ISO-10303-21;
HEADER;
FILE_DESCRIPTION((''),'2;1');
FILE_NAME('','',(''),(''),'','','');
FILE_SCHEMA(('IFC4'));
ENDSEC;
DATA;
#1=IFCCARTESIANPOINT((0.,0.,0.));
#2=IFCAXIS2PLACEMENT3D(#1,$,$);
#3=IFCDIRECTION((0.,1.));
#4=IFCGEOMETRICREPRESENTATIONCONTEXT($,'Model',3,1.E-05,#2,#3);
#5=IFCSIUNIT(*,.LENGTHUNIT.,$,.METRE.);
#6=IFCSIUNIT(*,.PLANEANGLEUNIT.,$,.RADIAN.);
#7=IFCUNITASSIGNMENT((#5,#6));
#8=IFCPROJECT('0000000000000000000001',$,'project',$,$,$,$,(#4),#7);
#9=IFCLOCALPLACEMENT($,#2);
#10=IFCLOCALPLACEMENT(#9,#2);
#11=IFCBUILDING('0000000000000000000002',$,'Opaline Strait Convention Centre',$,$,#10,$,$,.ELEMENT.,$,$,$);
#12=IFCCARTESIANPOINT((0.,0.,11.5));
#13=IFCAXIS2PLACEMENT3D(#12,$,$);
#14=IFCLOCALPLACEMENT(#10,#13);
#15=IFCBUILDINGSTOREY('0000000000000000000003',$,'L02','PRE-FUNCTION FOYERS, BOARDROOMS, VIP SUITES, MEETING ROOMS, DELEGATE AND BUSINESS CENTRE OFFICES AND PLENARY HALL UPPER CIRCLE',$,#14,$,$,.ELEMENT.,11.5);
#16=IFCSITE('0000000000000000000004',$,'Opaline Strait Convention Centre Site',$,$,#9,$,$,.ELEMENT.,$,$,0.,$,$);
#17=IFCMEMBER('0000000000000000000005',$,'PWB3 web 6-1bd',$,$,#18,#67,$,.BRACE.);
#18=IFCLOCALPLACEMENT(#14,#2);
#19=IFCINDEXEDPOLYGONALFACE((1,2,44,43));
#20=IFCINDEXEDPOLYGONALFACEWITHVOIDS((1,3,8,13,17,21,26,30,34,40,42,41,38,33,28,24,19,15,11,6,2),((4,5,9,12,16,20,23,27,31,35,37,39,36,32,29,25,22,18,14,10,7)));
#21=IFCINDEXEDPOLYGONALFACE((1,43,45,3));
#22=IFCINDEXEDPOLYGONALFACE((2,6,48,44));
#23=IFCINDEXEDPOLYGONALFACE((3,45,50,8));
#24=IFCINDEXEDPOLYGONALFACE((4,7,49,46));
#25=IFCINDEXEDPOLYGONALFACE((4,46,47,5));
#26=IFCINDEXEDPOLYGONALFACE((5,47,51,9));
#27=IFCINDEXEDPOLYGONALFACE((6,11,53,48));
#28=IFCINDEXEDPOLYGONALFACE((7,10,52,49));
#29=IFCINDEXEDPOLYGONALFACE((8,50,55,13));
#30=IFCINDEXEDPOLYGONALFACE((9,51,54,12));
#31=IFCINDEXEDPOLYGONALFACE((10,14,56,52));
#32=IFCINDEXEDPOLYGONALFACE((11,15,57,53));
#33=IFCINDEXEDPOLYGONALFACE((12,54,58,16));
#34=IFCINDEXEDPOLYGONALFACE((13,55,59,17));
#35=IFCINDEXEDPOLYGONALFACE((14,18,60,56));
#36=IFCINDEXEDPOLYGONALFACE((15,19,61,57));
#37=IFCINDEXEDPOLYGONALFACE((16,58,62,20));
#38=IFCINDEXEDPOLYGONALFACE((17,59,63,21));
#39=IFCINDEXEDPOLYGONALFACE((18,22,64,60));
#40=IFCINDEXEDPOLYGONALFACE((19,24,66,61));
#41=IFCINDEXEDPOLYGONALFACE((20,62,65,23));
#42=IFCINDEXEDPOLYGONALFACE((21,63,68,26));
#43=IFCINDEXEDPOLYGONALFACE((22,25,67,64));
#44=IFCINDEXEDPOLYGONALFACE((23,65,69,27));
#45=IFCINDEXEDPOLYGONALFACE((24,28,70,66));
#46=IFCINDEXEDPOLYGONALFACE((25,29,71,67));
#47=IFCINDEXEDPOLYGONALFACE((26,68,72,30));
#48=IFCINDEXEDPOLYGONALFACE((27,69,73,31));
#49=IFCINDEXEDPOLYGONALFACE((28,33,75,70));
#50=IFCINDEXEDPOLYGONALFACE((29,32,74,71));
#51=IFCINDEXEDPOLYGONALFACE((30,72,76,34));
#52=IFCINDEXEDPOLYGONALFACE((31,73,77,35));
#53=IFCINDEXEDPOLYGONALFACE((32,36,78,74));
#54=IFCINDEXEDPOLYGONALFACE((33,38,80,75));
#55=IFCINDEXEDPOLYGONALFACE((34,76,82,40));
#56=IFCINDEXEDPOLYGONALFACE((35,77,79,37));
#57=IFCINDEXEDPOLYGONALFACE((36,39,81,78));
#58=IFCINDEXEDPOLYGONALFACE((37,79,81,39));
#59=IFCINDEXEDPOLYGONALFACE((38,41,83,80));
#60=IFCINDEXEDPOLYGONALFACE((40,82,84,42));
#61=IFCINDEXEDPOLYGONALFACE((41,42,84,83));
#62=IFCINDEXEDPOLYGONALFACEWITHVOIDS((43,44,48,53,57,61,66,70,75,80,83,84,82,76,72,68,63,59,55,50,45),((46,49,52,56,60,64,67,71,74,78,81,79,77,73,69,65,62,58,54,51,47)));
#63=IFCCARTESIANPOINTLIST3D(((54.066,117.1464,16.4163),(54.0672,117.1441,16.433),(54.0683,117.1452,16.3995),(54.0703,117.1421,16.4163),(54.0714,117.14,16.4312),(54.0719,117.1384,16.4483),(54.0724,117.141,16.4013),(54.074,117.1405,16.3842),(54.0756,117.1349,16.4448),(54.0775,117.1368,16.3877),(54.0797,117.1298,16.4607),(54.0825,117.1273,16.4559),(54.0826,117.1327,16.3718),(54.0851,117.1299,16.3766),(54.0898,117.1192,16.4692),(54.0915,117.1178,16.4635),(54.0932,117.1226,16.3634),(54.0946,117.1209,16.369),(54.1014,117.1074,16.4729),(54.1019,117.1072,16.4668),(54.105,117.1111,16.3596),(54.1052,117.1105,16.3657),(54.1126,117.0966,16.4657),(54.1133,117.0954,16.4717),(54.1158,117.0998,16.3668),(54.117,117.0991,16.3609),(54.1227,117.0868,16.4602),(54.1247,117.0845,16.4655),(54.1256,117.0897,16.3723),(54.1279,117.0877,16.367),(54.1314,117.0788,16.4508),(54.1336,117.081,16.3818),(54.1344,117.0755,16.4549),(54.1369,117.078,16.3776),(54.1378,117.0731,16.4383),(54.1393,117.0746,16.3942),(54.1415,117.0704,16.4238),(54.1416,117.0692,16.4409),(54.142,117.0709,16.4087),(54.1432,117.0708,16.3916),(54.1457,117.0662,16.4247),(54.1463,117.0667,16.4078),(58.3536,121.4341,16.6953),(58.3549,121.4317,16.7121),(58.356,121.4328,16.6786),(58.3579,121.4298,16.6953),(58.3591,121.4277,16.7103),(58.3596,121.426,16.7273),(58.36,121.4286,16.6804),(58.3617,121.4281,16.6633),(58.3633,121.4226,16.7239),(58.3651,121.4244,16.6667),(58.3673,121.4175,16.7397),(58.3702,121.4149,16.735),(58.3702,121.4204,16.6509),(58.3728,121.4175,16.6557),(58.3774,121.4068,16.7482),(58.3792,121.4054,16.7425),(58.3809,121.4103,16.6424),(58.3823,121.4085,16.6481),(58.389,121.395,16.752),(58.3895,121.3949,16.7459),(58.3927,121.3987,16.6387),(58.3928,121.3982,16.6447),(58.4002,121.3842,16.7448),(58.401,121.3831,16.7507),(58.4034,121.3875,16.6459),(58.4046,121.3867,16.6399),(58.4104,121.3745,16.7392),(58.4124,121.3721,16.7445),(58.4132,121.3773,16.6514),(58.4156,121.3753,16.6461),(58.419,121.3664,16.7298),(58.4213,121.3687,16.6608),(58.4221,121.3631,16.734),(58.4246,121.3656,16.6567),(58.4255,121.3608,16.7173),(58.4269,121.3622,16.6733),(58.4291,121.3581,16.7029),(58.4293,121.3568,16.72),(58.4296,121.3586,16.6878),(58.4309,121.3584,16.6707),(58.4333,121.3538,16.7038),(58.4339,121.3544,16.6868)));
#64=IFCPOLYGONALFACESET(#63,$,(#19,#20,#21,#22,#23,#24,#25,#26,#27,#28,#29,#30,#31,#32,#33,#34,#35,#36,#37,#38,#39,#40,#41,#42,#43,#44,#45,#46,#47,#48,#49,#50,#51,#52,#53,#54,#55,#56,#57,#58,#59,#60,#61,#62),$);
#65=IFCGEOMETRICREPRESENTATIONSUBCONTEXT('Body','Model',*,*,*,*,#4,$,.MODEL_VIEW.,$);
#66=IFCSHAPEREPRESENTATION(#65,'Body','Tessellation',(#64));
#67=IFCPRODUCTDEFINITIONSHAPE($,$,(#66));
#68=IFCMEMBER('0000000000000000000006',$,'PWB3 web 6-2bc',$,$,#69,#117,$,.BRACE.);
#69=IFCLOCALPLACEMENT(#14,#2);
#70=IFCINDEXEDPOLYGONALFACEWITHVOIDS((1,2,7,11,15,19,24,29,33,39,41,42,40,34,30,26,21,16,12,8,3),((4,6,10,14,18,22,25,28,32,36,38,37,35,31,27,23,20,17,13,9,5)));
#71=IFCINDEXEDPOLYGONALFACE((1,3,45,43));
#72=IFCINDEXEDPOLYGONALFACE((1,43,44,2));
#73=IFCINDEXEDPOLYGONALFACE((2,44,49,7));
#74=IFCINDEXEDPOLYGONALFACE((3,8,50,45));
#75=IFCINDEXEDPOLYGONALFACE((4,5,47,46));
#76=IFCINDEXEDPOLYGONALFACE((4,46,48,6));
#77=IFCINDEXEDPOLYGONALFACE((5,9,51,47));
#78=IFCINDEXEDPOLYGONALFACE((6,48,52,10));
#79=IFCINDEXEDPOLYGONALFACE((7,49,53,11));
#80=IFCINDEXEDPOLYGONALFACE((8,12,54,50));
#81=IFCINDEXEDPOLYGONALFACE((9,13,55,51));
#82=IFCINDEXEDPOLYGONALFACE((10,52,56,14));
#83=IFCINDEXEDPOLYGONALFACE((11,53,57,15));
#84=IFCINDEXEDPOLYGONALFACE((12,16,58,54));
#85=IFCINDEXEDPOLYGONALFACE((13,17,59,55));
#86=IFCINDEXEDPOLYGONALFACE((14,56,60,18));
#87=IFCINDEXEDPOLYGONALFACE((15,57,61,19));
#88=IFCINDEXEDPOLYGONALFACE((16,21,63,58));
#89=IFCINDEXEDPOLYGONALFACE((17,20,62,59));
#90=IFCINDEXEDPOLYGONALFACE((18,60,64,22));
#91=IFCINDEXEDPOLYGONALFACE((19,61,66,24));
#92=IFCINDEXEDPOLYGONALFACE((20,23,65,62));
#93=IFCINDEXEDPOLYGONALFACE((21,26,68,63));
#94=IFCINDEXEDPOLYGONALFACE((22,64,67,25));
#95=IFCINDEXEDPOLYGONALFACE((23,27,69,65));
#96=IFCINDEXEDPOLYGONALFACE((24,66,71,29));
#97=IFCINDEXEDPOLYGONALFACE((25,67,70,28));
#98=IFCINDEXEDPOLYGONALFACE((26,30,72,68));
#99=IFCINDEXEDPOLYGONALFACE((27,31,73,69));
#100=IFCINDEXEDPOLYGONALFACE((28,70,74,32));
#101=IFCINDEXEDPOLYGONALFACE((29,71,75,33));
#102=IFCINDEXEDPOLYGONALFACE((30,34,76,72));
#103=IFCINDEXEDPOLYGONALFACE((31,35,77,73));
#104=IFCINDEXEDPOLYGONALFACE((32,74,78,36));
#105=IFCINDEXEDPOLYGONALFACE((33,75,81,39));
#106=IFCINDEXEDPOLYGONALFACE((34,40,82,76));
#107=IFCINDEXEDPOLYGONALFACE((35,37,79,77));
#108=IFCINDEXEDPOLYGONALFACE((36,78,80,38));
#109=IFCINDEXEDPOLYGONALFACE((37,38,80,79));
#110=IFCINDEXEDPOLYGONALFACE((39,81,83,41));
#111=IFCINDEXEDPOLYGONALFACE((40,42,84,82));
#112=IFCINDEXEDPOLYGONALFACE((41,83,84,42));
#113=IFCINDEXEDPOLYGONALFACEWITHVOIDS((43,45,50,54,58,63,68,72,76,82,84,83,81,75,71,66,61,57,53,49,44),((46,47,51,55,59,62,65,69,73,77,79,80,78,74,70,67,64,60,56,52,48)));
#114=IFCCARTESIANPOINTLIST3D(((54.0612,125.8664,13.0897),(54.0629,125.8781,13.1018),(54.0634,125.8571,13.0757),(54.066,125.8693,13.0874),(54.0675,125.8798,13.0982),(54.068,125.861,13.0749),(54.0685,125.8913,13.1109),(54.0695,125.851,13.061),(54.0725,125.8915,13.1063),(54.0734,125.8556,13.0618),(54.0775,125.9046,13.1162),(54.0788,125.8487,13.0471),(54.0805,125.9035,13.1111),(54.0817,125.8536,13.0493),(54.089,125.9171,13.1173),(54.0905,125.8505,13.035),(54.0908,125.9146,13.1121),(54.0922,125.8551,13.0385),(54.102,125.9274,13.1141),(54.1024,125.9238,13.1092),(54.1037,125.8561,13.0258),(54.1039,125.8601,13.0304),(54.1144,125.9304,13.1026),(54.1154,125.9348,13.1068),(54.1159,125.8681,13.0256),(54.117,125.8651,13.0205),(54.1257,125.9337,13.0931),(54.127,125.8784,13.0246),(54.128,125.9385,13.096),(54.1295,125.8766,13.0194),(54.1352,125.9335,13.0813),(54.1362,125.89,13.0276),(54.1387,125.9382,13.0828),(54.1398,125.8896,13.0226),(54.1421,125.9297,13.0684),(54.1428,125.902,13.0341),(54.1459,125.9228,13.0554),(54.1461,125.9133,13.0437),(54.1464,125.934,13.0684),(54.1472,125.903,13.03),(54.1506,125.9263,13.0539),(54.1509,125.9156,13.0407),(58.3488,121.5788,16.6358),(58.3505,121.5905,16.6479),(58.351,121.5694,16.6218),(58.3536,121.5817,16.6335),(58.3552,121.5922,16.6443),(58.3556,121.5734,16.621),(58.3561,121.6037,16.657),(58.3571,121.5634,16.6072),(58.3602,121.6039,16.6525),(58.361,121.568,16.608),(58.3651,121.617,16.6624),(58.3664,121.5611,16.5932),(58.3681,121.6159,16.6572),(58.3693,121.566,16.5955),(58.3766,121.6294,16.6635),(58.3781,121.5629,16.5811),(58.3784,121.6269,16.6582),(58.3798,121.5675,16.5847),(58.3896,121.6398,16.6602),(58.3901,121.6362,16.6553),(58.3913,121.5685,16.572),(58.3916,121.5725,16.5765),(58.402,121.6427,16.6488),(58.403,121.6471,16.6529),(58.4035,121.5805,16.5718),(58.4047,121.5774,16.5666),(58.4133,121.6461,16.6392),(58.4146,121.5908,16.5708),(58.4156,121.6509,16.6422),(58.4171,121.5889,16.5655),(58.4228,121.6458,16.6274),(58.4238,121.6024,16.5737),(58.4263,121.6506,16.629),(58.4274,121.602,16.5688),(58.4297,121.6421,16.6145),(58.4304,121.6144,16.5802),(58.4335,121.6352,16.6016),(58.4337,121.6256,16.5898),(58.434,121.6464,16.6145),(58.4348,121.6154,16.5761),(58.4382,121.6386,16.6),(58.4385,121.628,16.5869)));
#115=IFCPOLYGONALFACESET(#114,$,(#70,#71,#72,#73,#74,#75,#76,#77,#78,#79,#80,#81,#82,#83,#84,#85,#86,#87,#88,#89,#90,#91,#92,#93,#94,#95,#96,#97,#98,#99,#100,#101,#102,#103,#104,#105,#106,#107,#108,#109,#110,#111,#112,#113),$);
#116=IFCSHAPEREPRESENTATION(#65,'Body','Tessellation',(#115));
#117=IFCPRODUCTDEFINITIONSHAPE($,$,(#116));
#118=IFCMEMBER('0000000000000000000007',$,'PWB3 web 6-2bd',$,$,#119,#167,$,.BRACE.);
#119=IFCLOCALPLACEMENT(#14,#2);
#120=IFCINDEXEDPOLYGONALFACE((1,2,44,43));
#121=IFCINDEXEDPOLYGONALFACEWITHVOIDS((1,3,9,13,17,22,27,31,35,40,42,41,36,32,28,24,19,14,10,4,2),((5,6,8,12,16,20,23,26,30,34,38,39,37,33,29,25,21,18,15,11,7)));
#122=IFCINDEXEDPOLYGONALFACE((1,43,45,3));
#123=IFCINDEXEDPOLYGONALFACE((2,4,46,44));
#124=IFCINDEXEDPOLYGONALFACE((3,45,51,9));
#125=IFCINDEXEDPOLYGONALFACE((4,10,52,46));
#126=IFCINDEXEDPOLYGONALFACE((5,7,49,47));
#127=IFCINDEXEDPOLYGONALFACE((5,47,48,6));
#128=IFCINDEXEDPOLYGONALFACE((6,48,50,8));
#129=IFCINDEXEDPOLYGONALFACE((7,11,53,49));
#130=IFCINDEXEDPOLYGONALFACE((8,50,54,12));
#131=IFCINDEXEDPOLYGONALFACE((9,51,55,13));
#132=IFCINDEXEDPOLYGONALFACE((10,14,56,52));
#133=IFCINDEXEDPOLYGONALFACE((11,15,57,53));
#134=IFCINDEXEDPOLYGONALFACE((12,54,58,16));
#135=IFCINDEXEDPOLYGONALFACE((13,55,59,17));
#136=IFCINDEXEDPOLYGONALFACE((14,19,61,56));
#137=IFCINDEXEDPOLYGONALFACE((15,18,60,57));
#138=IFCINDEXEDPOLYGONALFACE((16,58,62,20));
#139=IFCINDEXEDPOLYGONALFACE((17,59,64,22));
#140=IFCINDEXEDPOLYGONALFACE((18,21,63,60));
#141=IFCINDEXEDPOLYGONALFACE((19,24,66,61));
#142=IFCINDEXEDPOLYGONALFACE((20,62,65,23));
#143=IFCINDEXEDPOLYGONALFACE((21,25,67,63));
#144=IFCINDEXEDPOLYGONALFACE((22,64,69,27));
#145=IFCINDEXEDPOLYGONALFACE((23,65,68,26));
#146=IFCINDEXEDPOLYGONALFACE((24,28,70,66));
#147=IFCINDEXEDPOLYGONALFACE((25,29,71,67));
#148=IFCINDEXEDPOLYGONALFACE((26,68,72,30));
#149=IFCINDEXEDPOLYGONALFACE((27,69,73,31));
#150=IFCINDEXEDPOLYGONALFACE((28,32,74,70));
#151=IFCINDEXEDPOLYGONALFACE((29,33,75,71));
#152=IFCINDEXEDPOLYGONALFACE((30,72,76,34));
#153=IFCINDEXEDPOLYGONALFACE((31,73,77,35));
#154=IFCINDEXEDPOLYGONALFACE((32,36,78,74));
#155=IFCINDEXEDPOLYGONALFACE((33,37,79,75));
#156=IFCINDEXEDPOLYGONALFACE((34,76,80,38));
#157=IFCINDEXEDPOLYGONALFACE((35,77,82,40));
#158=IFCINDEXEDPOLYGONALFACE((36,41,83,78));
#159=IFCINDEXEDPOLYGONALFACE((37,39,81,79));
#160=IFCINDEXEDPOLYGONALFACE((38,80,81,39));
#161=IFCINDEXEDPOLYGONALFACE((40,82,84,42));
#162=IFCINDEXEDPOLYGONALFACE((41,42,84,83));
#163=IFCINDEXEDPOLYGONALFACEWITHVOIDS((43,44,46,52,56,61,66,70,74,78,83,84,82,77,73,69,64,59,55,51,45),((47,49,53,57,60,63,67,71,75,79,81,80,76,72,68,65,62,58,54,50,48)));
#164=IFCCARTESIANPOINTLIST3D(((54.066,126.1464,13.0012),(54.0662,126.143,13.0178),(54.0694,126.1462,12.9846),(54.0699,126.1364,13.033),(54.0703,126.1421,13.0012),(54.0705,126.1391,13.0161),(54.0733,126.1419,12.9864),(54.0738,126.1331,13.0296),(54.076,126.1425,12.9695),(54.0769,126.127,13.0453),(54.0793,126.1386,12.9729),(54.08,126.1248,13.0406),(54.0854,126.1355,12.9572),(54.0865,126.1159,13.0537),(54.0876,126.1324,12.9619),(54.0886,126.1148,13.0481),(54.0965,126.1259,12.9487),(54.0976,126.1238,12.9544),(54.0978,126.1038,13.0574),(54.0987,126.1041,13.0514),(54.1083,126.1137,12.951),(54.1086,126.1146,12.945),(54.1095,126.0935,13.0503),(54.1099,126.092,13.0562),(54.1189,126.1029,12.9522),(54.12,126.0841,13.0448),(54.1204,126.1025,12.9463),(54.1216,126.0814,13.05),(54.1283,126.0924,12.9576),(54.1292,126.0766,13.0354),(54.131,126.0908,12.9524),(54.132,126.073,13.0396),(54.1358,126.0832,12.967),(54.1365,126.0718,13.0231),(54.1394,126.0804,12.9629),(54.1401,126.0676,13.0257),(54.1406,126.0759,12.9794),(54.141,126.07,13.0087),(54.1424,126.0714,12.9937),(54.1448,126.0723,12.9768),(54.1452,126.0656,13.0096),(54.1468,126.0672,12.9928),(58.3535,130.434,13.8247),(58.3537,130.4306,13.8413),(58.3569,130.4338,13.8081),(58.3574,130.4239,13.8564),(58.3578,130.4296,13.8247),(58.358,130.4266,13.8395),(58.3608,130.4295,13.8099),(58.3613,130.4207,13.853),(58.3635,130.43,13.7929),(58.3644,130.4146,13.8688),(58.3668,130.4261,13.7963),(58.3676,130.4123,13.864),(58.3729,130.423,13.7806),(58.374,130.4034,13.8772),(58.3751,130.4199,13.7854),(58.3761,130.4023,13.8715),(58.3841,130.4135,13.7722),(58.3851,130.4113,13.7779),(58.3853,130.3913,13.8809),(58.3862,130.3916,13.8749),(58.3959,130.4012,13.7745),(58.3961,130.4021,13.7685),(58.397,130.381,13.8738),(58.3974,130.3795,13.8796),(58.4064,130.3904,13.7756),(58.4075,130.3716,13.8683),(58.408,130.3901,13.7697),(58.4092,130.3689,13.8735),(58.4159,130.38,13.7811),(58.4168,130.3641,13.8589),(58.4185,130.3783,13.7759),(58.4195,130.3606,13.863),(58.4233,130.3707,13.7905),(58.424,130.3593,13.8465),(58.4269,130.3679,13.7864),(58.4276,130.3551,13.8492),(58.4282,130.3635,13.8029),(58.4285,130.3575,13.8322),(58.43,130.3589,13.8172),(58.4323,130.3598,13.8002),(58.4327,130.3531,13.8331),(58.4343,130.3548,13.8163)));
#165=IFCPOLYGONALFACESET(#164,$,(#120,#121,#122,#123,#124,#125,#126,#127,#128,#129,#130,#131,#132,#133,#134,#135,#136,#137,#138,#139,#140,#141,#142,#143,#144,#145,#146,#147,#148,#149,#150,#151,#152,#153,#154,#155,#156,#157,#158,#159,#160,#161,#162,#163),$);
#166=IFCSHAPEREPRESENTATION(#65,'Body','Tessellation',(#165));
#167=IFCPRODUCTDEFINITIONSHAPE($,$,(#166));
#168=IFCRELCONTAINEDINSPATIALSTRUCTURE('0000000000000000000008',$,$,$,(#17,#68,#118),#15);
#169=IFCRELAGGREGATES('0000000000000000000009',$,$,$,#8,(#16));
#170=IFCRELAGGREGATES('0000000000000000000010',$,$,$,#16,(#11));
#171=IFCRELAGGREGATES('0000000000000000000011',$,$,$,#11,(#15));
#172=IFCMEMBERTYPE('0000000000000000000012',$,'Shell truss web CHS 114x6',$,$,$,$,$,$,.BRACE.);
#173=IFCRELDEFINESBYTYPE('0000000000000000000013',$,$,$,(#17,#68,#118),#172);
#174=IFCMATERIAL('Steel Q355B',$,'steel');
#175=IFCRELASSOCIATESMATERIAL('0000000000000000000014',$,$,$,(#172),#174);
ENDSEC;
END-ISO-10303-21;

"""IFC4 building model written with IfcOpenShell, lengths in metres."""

from ifc_helpers import new_model, si_unit, direction, frame, origin, origin_2d, place, context, subcontext, project, spatial, hollow_circle, extrude, material, material_profile, profile_set, type_object, element, save


model = new_model("IFC4")

# Units and contexts
model_context = context("Model", 3, precision=1e-05, world=origin(), true_north=direction((0.0, 1.0)))
body_context = subcontext(model_context, "Body", "Model", "MODEL_VIEW")
ifc_project = project(units=[si_unit("LENGTHUNIT", "METRE"), si_unit("PLANEANGLEUNIT", "RADIAN")], contexts=[model_context])

# Site, building, storey
site_placement = place(None, origin())
site = spatial("IfcSite", under=ifc_project, at=site_placement, Name="Opaline Strait Convention Centre Site", CompositionType="ELEMENT", RefElevation=0.0)
building_placement = place(site_placement, origin())
building = spatial("IfcBuilding", under=site, at=building_placement, Name="Opaline Strait Convention Centre", CompositionType="ELEMENT")
storey_placement = place(building_placement, frame((0.0, 0.0, 11.5)))
storey = spatial("IfcBuildingStorey", under=building, at=storey_placement, Name="L02", Description="PRE-FUNCTION FOYERS, BOARDROOMS, VIP SUITES, MEETING ROOMS, DELEGATE AND BUSINESS CENTRE OFFICES AND PLENARY HALL UPPER CIRCLE", CompositionType="ELEMENT", Elevation=11.5)

# Members
ifc_material_1 = material(Name="Steel Q355B", Category="steel")
ifc_material_profile_1 = material_profile(ifc_material_1, hollow_circle(Radius=0.0569, WallThickness=0.0061, at=origin_2d()), Name="CHS 114x6")
ifc_profile_set_1 = profile_set([ifc_material_profile_1], Name="Steel Q355B")
member_type_1 = type_object("IfcMemberType", Name="Shell truss web CHS 114x6", PredefinedType="BRACE", material=ifc_profile_set_1)
member_1_placement = place(storey_placement, frame((54.1062, 117.1062, 16.4163), z_axis=(0.706359, 0.706359, 0.045972), x_axis=(-0.707107, 0.707107, 0.0)))
element("IfcMember", 1, at=member_1_placement, inside=storey, type_object=member_type_1, Name="PWB3 web 6-1bd", PredefinedType="BRACE", context=body_context, shape_type="SweptSolid", body=[
    extrude(hollow_circle(Radius=0.0569, WallThickness=0.0061, at=origin_2d()), origin(), (0.0, 0.0, 1.0), 6.0701),
])
member_2_placement = place(storey_placement, frame((54.1062, 125.8938, 13.0684), z_axis=(0.610387, -0.610387, 0.504833), x_axis=(0.707107, 0.707107, 0.0)))
element("IfcMember", 2, at=member_2_placement, inside=storey, type_object=member_type_1, Name="PWB3 web 6-2bc", PredefinedType="BRACE", context=body_context, shape_type="SweptSolid", body=[
    extrude(hollow_circle(Radius=0.0569, WallThickness=0.0061, at=origin_2d()), origin(), (0.0, 0.0, 1.0), 7.0244),
])
member_3_placement = place(storey_placement, frame((54.1062, 126.1062, 13.0012), z_axis=(0.700675, 0.700675, 0.134573), x_axis=(-0.707107, 0.707107, 0.0)))
element("IfcMember", 3, at=member_3_placement, inside=storey, type_object=member_type_1, Name="PWB3 web 6-2bd", PredefinedType="BRACE", context=body_context, shape_type="SweptSolid", body=[
    extrude(hollow_circle(Radius=0.0569, WallThickness=0.0061, at=origin_2d()), origin(), (0.0, 0.0, 1.0), 6.1191),
])

save(model, "model.ifc")
